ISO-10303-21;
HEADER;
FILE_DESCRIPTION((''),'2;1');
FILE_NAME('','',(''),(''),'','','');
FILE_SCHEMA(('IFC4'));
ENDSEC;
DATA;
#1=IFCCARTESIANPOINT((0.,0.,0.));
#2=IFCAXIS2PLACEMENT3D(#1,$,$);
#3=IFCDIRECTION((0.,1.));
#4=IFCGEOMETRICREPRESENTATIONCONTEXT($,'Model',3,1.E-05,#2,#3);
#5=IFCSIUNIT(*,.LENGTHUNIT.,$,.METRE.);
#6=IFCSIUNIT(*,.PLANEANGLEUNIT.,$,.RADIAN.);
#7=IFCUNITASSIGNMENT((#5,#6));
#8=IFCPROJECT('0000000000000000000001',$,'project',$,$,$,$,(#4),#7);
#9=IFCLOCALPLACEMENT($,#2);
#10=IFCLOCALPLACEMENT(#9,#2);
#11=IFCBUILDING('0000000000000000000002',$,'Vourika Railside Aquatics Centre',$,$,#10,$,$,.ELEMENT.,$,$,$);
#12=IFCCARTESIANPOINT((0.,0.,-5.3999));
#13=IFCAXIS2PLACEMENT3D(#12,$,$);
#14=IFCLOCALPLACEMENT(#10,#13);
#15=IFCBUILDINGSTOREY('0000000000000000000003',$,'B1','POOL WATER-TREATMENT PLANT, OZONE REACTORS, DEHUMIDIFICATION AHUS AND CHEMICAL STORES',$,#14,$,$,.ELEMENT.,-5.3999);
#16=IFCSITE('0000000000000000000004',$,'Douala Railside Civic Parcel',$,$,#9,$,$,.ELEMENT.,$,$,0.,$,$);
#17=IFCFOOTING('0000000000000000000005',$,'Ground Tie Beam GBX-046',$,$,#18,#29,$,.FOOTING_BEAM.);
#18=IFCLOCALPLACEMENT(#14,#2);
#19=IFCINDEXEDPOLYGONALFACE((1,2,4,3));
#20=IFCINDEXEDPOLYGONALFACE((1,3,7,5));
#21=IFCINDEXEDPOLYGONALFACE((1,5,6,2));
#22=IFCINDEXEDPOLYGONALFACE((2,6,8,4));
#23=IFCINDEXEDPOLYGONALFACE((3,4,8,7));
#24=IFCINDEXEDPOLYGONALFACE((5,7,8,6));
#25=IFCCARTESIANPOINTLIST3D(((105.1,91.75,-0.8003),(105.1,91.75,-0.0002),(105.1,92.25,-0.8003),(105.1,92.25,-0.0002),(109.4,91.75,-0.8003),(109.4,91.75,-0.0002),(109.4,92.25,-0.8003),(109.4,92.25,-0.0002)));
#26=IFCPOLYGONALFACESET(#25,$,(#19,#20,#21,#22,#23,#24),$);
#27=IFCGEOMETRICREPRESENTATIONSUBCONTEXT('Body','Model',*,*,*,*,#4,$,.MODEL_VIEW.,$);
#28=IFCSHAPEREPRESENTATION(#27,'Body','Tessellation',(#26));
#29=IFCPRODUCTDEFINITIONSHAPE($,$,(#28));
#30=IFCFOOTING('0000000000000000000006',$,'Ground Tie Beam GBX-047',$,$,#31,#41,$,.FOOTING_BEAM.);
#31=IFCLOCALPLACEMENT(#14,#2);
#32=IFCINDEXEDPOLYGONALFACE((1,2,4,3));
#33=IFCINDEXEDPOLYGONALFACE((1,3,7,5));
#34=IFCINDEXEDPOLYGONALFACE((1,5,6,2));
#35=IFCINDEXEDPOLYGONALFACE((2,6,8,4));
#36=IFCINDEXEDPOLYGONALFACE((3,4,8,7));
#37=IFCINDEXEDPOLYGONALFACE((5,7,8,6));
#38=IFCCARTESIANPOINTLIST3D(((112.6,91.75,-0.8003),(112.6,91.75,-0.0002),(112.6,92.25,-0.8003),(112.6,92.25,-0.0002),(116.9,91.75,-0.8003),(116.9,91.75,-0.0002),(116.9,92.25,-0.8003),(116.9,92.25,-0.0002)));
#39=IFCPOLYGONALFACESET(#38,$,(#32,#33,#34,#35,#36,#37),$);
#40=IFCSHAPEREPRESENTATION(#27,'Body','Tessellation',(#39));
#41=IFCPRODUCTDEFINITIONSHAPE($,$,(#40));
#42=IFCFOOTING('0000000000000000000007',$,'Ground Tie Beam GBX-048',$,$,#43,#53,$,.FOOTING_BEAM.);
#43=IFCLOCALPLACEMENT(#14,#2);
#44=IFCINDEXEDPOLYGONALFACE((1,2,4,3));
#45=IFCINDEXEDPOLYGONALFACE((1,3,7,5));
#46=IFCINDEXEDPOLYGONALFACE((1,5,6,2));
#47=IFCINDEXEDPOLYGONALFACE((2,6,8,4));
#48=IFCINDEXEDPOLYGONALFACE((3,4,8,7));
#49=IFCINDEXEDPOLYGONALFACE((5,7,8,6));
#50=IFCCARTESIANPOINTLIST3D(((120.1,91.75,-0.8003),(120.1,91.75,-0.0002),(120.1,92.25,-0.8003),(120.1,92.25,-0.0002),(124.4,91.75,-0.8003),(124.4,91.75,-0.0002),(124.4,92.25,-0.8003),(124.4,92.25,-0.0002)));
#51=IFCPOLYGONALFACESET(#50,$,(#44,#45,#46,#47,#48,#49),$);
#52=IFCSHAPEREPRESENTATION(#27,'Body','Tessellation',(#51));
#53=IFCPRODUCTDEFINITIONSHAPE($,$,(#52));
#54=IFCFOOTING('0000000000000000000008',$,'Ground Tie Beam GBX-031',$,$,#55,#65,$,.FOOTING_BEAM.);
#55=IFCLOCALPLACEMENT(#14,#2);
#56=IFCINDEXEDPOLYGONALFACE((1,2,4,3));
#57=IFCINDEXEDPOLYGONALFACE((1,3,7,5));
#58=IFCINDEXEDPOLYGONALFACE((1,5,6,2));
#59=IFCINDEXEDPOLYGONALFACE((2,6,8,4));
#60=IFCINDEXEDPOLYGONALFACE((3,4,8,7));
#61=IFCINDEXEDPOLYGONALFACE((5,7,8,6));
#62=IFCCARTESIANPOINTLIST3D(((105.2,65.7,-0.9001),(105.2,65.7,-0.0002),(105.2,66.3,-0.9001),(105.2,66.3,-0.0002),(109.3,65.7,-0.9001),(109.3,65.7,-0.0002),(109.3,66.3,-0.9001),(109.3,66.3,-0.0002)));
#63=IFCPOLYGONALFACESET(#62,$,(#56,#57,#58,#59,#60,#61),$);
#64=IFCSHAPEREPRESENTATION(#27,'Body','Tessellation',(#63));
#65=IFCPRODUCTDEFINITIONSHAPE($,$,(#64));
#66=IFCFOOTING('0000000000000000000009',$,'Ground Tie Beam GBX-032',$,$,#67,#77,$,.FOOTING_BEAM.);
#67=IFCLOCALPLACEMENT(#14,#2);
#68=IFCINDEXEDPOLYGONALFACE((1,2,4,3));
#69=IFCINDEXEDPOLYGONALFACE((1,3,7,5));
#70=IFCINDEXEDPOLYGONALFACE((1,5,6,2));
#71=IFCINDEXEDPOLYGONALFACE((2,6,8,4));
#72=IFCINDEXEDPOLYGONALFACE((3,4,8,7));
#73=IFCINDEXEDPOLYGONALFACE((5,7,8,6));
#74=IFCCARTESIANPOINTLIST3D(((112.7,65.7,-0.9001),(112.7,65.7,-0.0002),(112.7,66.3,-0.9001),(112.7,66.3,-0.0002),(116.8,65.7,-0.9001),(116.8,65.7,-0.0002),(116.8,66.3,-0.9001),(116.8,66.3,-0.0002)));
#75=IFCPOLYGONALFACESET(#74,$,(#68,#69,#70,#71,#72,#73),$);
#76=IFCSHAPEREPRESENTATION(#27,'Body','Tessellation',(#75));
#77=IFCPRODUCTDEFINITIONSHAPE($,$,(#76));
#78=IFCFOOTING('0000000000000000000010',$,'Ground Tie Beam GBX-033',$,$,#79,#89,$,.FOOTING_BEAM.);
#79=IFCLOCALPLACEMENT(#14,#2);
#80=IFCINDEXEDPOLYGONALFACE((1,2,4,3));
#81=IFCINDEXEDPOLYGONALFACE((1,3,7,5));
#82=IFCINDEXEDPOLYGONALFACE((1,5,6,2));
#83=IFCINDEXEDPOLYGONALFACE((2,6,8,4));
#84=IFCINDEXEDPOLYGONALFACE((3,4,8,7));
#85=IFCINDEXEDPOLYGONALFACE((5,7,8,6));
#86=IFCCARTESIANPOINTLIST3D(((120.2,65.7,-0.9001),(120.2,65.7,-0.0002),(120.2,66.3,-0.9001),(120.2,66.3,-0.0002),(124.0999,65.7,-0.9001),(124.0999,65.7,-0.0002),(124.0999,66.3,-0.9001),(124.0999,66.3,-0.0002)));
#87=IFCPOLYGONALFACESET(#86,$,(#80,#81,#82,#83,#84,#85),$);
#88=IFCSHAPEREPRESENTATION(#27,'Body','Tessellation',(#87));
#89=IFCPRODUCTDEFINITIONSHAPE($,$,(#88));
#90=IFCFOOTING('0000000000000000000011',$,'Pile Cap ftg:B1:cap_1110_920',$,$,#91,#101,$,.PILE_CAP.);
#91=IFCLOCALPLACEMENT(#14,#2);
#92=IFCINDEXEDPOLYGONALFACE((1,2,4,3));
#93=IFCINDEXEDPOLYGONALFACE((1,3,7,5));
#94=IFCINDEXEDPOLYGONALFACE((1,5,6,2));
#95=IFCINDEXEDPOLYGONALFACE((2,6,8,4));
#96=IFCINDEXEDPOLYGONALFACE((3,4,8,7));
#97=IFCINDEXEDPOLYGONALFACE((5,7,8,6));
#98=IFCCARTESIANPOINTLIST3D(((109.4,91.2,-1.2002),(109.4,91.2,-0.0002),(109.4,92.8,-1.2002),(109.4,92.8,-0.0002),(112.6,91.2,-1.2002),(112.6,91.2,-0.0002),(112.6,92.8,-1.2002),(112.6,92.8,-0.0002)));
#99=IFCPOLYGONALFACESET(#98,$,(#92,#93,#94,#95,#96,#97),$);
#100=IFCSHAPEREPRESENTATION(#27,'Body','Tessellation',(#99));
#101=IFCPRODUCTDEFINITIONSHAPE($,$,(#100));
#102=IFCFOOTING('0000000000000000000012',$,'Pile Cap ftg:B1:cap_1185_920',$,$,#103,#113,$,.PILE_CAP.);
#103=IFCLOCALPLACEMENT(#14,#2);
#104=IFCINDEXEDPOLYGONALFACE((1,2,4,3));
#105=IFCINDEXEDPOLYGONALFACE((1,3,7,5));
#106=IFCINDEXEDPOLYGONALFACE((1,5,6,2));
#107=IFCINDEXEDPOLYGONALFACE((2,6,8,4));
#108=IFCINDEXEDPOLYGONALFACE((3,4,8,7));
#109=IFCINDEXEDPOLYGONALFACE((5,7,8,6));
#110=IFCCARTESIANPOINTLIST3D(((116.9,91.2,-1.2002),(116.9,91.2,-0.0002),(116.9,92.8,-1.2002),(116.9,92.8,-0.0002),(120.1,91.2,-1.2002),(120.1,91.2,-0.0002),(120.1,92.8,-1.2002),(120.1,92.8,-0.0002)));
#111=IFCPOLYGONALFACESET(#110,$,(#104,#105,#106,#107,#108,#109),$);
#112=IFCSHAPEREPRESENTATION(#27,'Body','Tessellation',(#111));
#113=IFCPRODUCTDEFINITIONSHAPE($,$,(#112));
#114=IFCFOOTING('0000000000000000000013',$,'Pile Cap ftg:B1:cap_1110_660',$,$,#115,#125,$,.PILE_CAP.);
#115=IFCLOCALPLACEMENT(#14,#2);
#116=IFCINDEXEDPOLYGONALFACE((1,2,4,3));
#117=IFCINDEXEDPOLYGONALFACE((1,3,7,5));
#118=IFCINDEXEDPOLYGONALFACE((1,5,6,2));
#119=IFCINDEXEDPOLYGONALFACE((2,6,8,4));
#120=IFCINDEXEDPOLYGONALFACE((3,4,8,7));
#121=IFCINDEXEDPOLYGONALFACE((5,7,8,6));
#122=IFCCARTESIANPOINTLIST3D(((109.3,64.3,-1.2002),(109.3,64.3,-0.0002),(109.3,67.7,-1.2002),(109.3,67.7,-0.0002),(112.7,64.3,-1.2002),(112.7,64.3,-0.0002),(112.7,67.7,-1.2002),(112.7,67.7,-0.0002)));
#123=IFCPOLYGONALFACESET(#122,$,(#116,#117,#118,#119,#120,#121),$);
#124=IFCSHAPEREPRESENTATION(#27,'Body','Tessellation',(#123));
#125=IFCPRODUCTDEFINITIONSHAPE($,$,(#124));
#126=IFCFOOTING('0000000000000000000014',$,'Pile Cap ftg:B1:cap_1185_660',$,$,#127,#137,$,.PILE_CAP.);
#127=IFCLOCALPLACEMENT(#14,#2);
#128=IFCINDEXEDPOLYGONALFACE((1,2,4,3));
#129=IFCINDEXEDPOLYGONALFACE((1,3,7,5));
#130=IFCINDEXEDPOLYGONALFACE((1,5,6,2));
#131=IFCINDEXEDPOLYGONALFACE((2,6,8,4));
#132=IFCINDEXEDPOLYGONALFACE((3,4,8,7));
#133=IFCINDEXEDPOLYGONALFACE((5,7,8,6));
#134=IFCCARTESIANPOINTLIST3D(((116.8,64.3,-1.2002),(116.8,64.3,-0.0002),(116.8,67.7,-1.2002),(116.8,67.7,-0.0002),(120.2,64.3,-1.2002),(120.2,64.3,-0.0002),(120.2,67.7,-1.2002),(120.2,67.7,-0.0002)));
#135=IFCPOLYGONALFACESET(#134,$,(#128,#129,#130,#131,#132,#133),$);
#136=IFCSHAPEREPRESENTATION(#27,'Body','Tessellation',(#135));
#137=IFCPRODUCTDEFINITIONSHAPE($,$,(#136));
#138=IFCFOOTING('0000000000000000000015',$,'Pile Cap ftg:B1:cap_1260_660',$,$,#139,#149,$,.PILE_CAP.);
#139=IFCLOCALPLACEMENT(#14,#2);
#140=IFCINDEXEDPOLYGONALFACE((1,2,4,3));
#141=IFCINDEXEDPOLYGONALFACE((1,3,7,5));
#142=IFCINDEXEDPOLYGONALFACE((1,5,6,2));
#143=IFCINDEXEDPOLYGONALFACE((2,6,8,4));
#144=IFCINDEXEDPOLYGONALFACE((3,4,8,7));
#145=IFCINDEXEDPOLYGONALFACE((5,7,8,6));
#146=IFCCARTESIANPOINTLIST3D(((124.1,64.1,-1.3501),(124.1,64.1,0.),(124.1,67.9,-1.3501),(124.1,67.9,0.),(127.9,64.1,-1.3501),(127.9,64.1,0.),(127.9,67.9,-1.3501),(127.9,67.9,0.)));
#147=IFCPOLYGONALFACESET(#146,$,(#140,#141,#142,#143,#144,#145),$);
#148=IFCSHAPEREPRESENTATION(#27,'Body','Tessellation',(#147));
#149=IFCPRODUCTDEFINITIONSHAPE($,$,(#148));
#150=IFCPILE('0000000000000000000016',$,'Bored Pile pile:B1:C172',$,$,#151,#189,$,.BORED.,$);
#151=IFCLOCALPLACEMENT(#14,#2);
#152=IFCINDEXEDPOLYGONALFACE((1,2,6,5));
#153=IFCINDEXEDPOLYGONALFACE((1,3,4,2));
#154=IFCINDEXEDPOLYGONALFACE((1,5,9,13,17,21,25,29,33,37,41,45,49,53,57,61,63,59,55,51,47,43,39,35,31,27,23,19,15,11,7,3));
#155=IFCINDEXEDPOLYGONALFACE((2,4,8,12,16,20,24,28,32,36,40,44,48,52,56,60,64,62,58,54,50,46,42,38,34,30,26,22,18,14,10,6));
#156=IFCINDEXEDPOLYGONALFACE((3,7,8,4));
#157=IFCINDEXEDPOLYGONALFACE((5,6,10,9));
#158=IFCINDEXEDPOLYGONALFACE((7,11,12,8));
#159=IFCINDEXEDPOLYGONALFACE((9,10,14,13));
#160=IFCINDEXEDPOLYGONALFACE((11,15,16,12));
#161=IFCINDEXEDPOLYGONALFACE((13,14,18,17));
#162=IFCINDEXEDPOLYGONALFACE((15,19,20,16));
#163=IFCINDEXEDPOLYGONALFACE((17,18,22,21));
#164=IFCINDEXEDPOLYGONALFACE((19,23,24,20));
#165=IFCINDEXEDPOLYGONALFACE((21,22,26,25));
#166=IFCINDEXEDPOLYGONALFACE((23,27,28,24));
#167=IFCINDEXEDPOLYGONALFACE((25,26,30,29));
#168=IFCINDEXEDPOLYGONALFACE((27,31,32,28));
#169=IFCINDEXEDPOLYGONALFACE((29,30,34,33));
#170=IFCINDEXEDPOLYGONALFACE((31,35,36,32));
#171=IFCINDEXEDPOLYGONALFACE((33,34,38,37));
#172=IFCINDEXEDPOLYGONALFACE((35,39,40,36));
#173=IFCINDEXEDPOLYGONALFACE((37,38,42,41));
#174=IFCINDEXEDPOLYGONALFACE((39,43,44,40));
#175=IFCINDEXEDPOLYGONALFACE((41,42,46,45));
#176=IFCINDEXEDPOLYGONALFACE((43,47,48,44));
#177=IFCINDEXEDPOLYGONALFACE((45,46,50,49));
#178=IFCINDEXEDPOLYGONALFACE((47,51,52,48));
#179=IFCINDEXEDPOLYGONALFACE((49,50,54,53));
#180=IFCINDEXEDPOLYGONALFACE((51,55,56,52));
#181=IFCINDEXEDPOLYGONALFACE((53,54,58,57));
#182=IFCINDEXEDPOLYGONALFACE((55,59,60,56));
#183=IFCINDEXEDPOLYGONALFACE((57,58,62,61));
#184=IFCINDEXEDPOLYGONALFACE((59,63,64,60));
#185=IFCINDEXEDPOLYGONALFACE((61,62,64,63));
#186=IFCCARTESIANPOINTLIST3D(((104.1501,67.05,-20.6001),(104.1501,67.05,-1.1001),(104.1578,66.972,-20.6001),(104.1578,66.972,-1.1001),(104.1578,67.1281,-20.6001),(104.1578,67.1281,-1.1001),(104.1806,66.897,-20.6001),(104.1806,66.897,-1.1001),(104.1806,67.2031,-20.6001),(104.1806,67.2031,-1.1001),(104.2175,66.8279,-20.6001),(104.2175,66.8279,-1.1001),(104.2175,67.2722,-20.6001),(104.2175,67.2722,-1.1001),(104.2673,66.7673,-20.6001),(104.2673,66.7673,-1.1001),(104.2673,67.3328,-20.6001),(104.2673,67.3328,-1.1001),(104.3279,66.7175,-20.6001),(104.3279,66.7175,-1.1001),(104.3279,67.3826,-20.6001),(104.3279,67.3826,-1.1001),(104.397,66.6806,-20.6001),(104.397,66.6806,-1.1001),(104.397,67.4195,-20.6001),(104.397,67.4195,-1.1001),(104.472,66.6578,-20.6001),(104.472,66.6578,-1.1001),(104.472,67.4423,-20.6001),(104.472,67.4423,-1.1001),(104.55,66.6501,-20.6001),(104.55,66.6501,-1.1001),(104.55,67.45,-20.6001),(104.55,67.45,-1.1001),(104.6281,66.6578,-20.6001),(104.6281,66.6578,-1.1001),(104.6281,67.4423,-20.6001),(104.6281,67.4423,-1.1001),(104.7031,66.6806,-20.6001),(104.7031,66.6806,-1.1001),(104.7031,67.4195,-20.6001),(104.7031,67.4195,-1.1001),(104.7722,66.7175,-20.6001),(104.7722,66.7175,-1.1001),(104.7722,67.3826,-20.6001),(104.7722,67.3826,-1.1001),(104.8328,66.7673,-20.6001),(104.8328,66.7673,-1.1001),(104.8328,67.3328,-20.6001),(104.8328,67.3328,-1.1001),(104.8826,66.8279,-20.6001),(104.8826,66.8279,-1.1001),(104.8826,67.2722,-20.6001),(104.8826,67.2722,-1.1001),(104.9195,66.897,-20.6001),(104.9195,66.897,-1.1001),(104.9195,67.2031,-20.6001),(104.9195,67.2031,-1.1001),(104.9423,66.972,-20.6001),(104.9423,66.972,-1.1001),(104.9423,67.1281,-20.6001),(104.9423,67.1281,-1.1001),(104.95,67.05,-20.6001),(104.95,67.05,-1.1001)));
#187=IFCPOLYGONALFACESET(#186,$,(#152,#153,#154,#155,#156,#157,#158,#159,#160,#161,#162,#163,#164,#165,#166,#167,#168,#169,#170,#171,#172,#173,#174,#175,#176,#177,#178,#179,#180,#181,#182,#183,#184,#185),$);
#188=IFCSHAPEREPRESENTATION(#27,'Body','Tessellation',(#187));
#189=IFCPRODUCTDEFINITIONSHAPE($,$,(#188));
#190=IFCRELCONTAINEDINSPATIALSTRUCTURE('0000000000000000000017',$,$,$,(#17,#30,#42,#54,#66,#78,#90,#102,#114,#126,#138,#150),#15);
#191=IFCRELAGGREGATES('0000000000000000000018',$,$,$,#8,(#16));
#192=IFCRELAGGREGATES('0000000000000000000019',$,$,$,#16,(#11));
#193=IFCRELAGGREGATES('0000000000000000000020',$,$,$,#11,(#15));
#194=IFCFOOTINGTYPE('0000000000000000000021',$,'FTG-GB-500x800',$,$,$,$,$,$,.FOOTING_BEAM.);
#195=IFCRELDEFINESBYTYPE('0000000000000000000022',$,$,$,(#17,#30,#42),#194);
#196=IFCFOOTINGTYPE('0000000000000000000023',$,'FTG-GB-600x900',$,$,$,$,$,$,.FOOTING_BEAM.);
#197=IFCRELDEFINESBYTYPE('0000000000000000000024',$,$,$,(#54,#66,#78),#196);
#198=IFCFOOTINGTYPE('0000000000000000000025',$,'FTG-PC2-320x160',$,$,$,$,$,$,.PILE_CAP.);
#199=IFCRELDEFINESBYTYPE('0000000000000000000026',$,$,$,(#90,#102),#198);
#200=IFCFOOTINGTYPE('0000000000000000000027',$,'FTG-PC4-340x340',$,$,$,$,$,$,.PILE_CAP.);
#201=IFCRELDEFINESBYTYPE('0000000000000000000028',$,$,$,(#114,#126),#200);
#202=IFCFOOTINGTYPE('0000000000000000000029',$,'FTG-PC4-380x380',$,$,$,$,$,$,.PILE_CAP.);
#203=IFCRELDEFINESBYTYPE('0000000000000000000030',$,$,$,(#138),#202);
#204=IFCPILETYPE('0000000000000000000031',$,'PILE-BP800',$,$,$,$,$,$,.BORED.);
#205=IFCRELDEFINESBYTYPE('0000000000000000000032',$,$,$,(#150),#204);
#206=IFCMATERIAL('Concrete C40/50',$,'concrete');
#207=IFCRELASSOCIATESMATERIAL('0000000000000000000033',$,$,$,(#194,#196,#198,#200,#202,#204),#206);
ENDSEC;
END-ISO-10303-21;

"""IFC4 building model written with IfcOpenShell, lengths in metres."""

from ifc_helpers import new_model, si_unit, direction, frame, origin, origin_2d, place, context, subcontext, project, spatial, rectangle, circle, extrude, material, material_profile, profile_set, type_object, element, save


model = new_model("IFC4")

# Units and contexts
model_context = context("Model", 3, precision=1e-05, world=origin(), true_north=direction((0.0, 1.0)))
body_context = subcontext(model_context, "Body", "Model", "MODEL_VIEW")
ifc_project = project(units=[si_unit("LENGTHUNIT", "METRE"), si_unit("PLANEANGLEUNIT", "RADIAN")], contexts=[model_context])

# Site, building, storey
site_placement = place(None, origin())
site = spatial("IfcSite", under=ifc_project, at=site_placement, Name="Douala Railside Civic Parcel", CompositionType="ELEMENT", RefElevation=0.0)
building_placement = place(site_placement, origin())
building = spatial("IfcBuilding", under=site, at=building_placement, Name="Vourika Railside Aquatics Centre", CompositionType="ELEMENT")
storey_placement = place(building_placement, frame((0.0, 0.0, -5.3999)))
storey = spatial("IfcBuildingStorey", under=building, at=storey_placement, Name="B1", Description="POOL WATER-TREATMENT PLANT, OZONE REACTORS, DEHUMIDIFICATION AHUS AND CHEMICAL STORES", CompositionType="ELEMENT", Elevation=-5.3999)

# Footings
ifc_material = material(Name="Concrete C40/50", Category="concrete")
footing_type_1 = type_object("IfcFootingType", Name="FTG-GB-500x800", PredefinedType="FOOTING_BEAM", material=ifc_material)
for number, where, z_axis, x_axis, name in (
    (1, (107.25, 92.0, -0.8003), (0.0, 0.0, 1.0), (1.0, 0.0, 0.0), "Ground Tie Beam GBX-046"),
    (2, (114.75, 92.0, -0.8003), (0.0, 0.0, 1.0), (1.0, 0.0, 0.0), "Ground Tie Beam GBX-047"),
    (3, (122.25, 92.0, -0.8003), (0.0, 0.0, 1.0), (1.0, 0.0, 0.0), "Ground Tie Beam GBX-048"),
):
    element("IfcFooting", number, at=place(storey_placement, frame(where, z_axis=z_axis, x_axis=x_axis)), inside=storey, type_object=footing_type_1, Name=name, PredefinedType="FOOTING_BEAM", context=body_context, shape_type="SweptSolid", body=[
        extrude(rectangle(XDim=4.3, YDim=0.5, at=origin_2d()), origin(), (0.0, 0.0, 1.0), 0.8),
    ])
footing_type_2 = type_object("IfcFootingType", Name="FTG-GB-600x900", PredefinedType="FOOTING_BEAM", material=ifc_material)
for number, where, z_axis, x_axis, name in (
    (4, (107.25, 66.0, -0.9001), (0.0, 0.0, 1.0), (1.0, 0.0, 0.0), "Ground Tie Beam GBX-031"),
    (5, (114.75, 66.0, -0.9001), (0.0, 0.0, 1.0), (1.0, 0.0, 0.0), "Ground Tie Beam GBX-032"),
):
    element("IfcFooting", number, at=place(storey_placement, frame(where, z_axis=z_axis, x_axis=x_axis)), inside=storey, type_object=footing_type_2, Name=name, PredefinedType="FOOTING_BEAM", context=body_context, shape_type="SweptSolid", body=[
        extrude(rectangle(XDim=4.1001, YDim=0.6001, at=origin_2d()), origin(), (0.0, 0.0, 1.0), 0.8999),
    ])
footing_1_placement = place(storey_placement, frame((122.1499, 66.0, -0.9001), z_axis=(0.0, 0.0, 1.0), x_axis=(1.0, 0.0, 0.0)))
element("IfcFooting", 6, at=footing_1_placement, inside=storey, type_object=footing_type_2, Name="Ground Tie Beam GBX-033", PredefinedType="FOOTING_BEAM", context=body_context, shape_type="SweptSolid", body=[
    extrude(rectangle(XDim=3.8999, YDim=0.6001, at=origin_2d()), origin(), (0.0, 0.0, 1.0), 0.8999),
])
footing_type_3 = type_object("IfcFootingType", Name="FTG-PC2-320x160", PredefinedType="PILE_CAP", material=ifc_material)
for number, where, z_axis, x_axis, name in (
    (7, (111.0, 92.0, -1.2002), (0.0, 0.0, 1.0), (1.0, 0.0, 0.0), "Pile Cap ftg:B1:cap_1110_920"),
    (8, (118.5, 92.0, -1.2002), (0.0, 0.0, 1.0), (1.0, 0.0, 0.0), "Pile Cap ftg:B1:cap_1185_920"),
):
    element("IfcFooting", number, at=place(storey_placement, frame(where, z_axis=z_axis, x_axis=x_axis)), inside=storey, type_object=footing_type_3, Name=name, PredefinedType="PILE_CAP", context=body_context, shape_type="SweptSolid", body=[
        extrude(rectangle(XDim=3.2, YDim=1.6001, at=origin_2d()), origin(), (0.0, 0.0, 1.0), 1.2),
    ])
footing_type_4 = type_object("IfcFootingType", Name="FTG-PC4-340x340", PredefinedType="PILE_CAP", material=ifc_material)
for number, where, z_axis, x_axis, name in (
    (9, (111.0, 66.0, -1.2002), (0.0, 0.0, 1.0), (1.0, 0.0, 0.0), "Pile Cap ftg:B1:cap_1110_660"),
    (10, (118.5, 66.0, -1.2002), (0.0, 0.0, 1.0), (1.0, 0.0, 0.0), "Pile Cap ftg:B1:cap_1185_660"),
):
    element("IfcFooting", number, at=place(storey_placement, frame(where, z_axis=z_axis, x_axis=x_axis)), inside=storey, type_object=footing_type_4, Name=name, PredefinedType="PILE_CAP", context=body_context, shape_type="SweptSolid", body=[
        extrude(rectangle(XDim=3.3999, YDim=3.3999, at=origin_2d()), origin(), (0.0, 0.0, 1.0), 1.2),
    ])
footing_type_5 = type_object("IfcFootingType", Name="FTG-PC4-380x380", PredefinedType="PILE_CAP", material=ifc_material)
footing_2_placement = place(storey_placement, frame((126.0, 66.0, -1.3501), z_axis=(0.0, 0.0, 1.0), x_axis=(1.0, 0.0, 0.0)))
element("IfcFooting", 11, at=footing_2_placement, inside=storey, type_object=footing_type_5, Name="Pile Cap ftg:B1:cap_1260_660", PredefinedType="PILE_CAP", context=body_context, shape_type="SweptSolid", body=[
    extrude(rectangle(XDim=3.8, YDim=3.8, at=origin_2d()), origin(), (0.0, 0.0, 1.0), 1.3501),
])

# Pile
ifc_material_profile_1 = material_profile(ifc_material, circle(Radius=0.3999, at=origin_2d()), Name="BP 800")
ifc_profile_set_1 = profile_set([ifc_material_profile_1], Name="Concrete C40/50")
pile_type_1 = type_object("IfcPileType", Name="PILE-BP800", PredefinedType="BORED", material=ifc_profile_set_1)
pile_1_placement = place(storey_placement, frame((104.55, 67.05, -1.1001), z_axis=(0.0, 0.0, -1.0), x_axis=(1.0, 0.0, 0.0)))
element("IfcPile", 12, at=pile_1_placement, inside=storey, type_object=pile_type_1, Name="Bored Pile pile:B1:C172", PredefinedType="BORED", context=body_context, shape_type="SweptSolid", body=[
    extrude(circle(Radius=0.3999, at=origin_2d()), origin(), (0.0, 0.0, 1.0), 19.5),
])

save(model, "model.ifc")
